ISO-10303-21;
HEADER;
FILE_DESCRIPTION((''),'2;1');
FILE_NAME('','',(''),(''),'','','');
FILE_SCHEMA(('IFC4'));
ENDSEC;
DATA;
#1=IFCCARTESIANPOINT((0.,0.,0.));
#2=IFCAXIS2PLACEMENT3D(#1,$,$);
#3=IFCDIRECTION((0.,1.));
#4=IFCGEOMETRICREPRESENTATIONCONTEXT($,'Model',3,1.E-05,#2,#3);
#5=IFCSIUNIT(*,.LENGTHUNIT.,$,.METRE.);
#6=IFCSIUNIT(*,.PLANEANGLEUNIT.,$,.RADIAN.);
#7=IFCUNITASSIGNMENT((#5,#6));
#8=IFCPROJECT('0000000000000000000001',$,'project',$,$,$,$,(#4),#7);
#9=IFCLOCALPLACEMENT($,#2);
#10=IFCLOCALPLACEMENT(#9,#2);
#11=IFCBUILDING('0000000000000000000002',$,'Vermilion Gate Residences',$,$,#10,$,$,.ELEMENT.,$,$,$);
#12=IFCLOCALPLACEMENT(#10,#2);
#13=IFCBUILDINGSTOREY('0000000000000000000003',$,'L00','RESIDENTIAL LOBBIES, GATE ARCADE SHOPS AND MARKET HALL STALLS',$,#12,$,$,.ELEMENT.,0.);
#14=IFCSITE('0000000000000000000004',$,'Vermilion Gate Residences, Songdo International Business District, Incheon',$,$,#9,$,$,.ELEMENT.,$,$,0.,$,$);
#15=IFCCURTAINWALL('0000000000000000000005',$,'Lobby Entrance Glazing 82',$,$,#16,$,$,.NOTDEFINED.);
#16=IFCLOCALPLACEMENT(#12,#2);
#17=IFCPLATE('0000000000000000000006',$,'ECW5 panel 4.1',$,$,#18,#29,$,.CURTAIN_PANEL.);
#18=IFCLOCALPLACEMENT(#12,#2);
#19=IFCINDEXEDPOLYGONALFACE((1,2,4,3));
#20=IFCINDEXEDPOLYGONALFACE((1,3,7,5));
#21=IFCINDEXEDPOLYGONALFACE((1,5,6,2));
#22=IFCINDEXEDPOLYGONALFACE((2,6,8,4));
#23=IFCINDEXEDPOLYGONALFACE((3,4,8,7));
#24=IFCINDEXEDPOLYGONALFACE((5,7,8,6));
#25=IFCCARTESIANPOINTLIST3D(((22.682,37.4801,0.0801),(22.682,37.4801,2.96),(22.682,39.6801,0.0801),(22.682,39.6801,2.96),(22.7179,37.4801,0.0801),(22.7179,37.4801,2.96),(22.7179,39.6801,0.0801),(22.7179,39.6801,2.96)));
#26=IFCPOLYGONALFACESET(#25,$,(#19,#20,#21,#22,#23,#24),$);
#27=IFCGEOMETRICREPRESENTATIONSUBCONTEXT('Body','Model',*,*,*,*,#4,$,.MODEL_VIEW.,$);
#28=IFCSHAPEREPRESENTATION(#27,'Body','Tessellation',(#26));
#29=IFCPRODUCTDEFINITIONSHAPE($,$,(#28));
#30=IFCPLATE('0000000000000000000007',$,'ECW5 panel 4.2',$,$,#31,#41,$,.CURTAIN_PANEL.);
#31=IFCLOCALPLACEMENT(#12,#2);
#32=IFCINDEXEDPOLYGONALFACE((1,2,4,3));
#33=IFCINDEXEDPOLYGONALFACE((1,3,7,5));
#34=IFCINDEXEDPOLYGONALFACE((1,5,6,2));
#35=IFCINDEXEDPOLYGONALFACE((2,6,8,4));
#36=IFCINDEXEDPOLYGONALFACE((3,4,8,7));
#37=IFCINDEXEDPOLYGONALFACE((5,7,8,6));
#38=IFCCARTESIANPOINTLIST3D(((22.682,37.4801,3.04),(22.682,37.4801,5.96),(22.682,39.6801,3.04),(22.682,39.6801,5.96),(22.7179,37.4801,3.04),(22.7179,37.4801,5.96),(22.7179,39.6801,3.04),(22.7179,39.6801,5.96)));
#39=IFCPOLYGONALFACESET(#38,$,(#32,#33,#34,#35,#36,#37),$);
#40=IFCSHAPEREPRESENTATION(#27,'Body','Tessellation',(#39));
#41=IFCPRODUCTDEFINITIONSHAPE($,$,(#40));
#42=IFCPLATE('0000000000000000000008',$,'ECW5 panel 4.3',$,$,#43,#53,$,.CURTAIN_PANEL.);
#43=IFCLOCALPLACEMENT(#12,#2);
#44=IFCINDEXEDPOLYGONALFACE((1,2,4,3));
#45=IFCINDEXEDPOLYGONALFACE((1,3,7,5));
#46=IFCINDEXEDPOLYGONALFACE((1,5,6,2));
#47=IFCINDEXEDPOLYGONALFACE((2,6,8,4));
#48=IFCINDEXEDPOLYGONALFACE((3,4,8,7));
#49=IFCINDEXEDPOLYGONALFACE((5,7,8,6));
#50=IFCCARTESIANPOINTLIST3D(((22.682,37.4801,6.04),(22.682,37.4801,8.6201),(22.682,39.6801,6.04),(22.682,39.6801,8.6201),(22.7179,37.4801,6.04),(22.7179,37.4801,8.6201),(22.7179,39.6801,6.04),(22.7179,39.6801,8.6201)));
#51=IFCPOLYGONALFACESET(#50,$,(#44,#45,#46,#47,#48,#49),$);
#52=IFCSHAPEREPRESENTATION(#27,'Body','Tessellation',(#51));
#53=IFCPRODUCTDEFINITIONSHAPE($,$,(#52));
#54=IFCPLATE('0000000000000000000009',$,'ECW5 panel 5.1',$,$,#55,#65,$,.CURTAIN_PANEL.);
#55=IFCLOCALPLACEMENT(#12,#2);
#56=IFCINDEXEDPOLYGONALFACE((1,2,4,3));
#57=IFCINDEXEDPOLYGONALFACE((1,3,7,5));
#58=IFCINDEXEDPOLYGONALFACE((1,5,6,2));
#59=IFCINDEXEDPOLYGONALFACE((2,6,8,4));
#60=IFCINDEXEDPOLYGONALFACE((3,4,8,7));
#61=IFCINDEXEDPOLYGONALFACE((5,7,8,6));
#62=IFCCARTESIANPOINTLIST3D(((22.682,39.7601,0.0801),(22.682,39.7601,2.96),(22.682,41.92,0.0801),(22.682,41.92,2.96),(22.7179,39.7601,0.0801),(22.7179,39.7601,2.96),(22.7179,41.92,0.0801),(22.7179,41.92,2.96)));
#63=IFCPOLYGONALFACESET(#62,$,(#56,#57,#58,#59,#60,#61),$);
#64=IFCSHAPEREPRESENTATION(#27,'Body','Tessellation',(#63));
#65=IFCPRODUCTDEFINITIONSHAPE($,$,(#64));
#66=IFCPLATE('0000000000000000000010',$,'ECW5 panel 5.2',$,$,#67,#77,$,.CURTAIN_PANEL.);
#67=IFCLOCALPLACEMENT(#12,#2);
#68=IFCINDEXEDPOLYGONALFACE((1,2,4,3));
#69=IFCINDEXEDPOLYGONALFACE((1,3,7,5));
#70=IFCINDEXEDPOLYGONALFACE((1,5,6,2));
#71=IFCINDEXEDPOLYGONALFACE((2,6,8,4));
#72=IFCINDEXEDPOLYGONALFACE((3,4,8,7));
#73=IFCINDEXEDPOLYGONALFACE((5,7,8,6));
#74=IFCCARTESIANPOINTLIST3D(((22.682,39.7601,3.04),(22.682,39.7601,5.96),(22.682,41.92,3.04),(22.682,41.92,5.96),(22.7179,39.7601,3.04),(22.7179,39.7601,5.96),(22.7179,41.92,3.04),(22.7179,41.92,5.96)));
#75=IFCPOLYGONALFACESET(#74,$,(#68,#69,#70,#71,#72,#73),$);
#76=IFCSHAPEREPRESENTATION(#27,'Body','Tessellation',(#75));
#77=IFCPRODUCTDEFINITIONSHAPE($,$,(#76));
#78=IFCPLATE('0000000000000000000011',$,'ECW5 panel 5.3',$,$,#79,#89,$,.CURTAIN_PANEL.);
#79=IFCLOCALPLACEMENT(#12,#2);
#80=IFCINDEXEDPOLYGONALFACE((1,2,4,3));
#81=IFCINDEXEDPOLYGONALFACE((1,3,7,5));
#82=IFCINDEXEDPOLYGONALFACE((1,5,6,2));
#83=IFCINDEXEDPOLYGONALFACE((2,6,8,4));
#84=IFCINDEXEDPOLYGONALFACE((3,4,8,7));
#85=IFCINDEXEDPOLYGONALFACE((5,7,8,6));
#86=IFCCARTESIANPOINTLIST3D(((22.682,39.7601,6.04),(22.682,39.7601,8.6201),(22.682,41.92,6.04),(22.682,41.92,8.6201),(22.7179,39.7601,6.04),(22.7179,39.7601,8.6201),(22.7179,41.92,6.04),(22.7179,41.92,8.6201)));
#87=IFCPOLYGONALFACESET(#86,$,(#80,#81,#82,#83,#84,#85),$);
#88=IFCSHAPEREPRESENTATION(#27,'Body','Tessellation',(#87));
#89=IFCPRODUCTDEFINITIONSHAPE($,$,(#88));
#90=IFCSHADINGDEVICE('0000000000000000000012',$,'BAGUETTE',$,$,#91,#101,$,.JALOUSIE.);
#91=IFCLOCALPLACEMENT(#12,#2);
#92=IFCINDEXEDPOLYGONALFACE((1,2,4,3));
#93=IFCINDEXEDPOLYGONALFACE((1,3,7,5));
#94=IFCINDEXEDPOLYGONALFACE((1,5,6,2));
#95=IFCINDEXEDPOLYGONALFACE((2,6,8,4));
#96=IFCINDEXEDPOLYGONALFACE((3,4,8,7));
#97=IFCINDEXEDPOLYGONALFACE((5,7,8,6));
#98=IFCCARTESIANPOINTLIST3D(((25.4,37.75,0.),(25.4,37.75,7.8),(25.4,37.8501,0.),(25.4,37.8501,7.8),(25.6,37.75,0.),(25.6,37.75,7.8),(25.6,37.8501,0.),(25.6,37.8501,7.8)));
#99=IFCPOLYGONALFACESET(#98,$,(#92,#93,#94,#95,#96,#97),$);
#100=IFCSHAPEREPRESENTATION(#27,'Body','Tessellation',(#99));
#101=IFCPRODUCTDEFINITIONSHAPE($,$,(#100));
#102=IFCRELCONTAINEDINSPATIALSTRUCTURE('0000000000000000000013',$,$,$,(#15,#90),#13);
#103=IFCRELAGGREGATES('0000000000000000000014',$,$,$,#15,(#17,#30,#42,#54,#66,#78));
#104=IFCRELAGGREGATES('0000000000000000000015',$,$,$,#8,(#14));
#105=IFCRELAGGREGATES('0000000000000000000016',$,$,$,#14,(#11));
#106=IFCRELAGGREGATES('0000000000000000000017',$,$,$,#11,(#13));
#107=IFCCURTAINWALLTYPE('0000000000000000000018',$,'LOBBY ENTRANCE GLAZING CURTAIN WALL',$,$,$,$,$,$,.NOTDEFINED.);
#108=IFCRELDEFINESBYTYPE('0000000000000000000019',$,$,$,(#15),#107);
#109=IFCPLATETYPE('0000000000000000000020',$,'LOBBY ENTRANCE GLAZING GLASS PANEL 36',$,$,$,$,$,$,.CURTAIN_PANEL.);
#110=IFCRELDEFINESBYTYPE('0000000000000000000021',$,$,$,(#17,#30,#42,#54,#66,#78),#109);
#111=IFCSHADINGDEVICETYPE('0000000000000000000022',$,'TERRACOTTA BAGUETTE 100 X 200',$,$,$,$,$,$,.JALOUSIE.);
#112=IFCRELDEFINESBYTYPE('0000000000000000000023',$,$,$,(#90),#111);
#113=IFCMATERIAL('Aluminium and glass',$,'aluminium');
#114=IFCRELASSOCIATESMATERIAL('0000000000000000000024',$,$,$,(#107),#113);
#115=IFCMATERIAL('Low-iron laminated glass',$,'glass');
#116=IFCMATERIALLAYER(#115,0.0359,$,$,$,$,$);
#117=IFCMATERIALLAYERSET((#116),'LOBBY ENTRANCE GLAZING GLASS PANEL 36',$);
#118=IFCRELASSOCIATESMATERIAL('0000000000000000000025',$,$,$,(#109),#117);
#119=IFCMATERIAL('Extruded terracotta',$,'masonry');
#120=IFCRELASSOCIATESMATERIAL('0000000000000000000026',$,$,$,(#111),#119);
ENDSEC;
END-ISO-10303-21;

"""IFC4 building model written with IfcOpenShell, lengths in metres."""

from ifc_helpers import new_model, si_unit, direction, frame, origin, origin_2d, place, context, subcontext, project, spatial, rectangle, extrude, material, layer, layer_set, material_profile, profile_set, type_object, element, aggregate, save


model = new_model("IFC4")

# Units and contexts
model_context = context("Model", 3, precision=1e-05, world=origin(), true_north=direction((0.0, 1.0)))
body_context = subcontext(model_context, "Body", "Model", "MODEL_VIEW")
ifc_project = project(units=[si_unit("LENGTHUNIT", "METRE"), si_unit("PLANEANGLEUNIT", "RADIAN")], contexts=[model_context])

# Site, building, storey
site_placement = place(None, origin())
site = spatial("IfcSite", under=ifc_project, at=site_placement, Name="Vermilion Gate Residences, Songdo International Business District, Incheon", CompositionType="ELEMENT", RefElevation=0.0)
building_placement = place(site_placement, origin())
building = spatial("IfcBuilding", under=site, at=building_placement, Name="Vermilion Gate Residences", CompositionType="ELEMENT")
storey_placement = place(building_placement, origin())
storey = spatial("IfcBuildingStorey", under=building, at=storey_placement, Name="L00", Description="RESIDENTIAL LOBBIES, GATE ARCADE SHOPS AND MARKET HALL STALLS", CompositionType="ELEMENT", Elevation=0.0)

# Curtain wall, plates
ifc_material_1 = material(Name="Aluminium and glass", Category="aluminium")
curtain_wall_type = type_object("IfcCurtainWallType", Name="LOBBY ENTRANCE GLAZING CURTAIN WALL", PredefinedType="NOTDEFINED", material=ifc_material_1)
curtain_wall_placement = place(storey_placement, origin())
curtain_wall = element("IfcCurtainWall", 1, at=curtain_wall_placement, inside=storey, type_object=curtain_wall_type, Name="Lobby Entrance Glazing 82", PredefinedType="NOTDEFINED")
ifc_material_2 = material(Name="Low-iron laminated glass", Category="glass")
ifc_layer = layer(ifc_material_2, 0.0359)
ifc_layer_set = layer_set([ifc_layer], Name="LOBBY ENTRANCE GLAZING GLASS PANEL 36")
plate_type = type_object("IfcPlateType", Name="LOBBY ENTRANCE GLAZING GLASS PANEL 36", PredefinedType="CURTAIN_PANEL", material=ifc_layer_set)
plate_1_placement = place(storey_placement, frame((22.7, 38.5801, 0.0801), z_axis=(0.0, 0.0, 1.0), x_axis=(0.0, 1.0, 0.0)))
plate_1 = element("IfcPlate", 2, at=plate_1_placement, type_object=plate_type, Name="ECW5 panel 4.1", PredefinedType="CURTAIN_PANEL", context=body_context, shape_type="SweptSolid", body=[
    extrude(rectangle(XDim=2.2, YDim=0.0359, at=origin_2d()), origin(), (0.0, 0.0, 1.0), 2.8799),
])
plate_2_placement = place(storey_placement, frame((22.7, 38.5801, 3.04), z_axis=(0.0, 0.0, 1.0), x_axis=(0.0, 1.0, 0.0)))
plate_2 = element("IfcPlate", 3, at=plate_2_placement, type_object=plate_type, Name="ECW5 panel 4.2", PredefinedType="CURTAIN_PANEL", context=body_context, shape_type="SweptSolid", body=[
    extrude(rectangle(XDim=2.2, YDim=0.0359, at=origin_2d()), origin(), (0.0, 0.0, 1.0), 2.9199),
])
plate_3_placement = place(storey_placement, frame((22.7, 38.5801, 6.04), z_axis=(0.0, 0.0, 1.0), x_axis=(0.0, 1.0, 0.0)))
plate_3 = element("IfcPlate", 4, at=plate_3_placement, type_object=plate_type, Name="ECW5 panel 4.3", PredefinedType="CURTAIN_PANEL", context=body_context, shape_type="SweptSolid", body=[
    extrude(rectangle(XDim=2.2, YDim=0.0359, at=origin_2d()), origin(), (0.0, 0.0, 1.0), 2.5801),
])
plate_4_placement = place(storey_placement, frame((22.7, 40.8401, 0.0801), z_axis=(0.0, 0.0, 1.0), x_axis=(0.0, 1.0, 0.0)))
plate_4 = element("IfcPlate", 5, at=plate_4_placement, type_object=plate_type, Name="ECW5 panel 5.1", PredefinedType="CURTAIN_PANEL", context=body_context, shape_type="SweptSolid", body=[
    extrude(rectangle(XDim=2.1599, YDim=0.0359, at=origin_2d()), origin(), (0.0, 0.0, 1.0), 2.8799),
])
plate_5_placement = place(storey_placement, frame((22.7, 40.8401, 3.04), z_axis=(0.0, 0.0, 1.0), x_axis=(0.0, 1.0, 0.0)))
plate_5 = element("IfcPlate", 6, at=plate_5_placement, type_object=plate_type, Name="ECW5 panel 5.2", PredefinedType="CURTAIN_PANEL", context=body_context, shape_type="SweptSolid", body=[
    extrude(rectangle(XDim=2.1599, YDim=0.0359, at=origin_2d()), origin(), (0.0, 0.0, 1.0), 2.9199),
])
plate_6_placement = place(storey_placement, frame((22.7, 40.8401, 6.04), z_axis=(0.0, 0.0, 1.0), x_axis=(0.0, 1.0, 0.0)))
plate_6 = element("IfcPlate", 7, at=plate_6_placement, type_object=plate_type, Name="ECW5 panel 5.3", PredefinedType="CURTAIN_PANEL", context=body_context, shape_type="SweptSolid", body=[
    extrude(rectangle(XDim=2.1599, YDim=0.0359, at=origin_2d()), origin(), (0.0, 0.0, 1.0), 2.5801),
])
aggregate(curtain_wall, [plate_1, plate_2, plate_3, plate_4, plate_5, plate_6])

# Shading device
ifc_material_3 = material(Name="Extruded terracotta", Category="masonry")
ifc_material_profile_1 = material_profile(ifc_material_3, rectangle(XDim=0.2, YDim=0.1001, at=origin_2d()), Name="BAGUETTE 100 X 200")
ifc_profile_set_1 = profile_set([ifc_material_profile_1], Name="Extruded terracotta")
shading_device_type = type_object("IfcShadingDeviceType", Name="TERRACOTTA BAGUETTE 100 X 200", PredefinedType="JALOUSIE", material=ifc_profile_set_1)
shading_device_placement = place(storey_placement, frame((25.5, 37.8, 0.0), z_axis=(0.0, 0.0, 1.0), x_axis=(-1.0, 0.0, 0.0)))
element("IfcShadingDevice", 8, at=shading_device_placement, inside=storey, type_object=shading_device_type, Name="BAGUETTE", PredefinedType="JALOUSIE", context=body_context, shape_type="SweptSolid", body=[
    extrude(rectangle(XDim=0.2, YDim=0.1001, at=origin_2d()), origin(), (0.0, 0.0, 1.0), 7.8),
])

save(model, "model.ifc")
